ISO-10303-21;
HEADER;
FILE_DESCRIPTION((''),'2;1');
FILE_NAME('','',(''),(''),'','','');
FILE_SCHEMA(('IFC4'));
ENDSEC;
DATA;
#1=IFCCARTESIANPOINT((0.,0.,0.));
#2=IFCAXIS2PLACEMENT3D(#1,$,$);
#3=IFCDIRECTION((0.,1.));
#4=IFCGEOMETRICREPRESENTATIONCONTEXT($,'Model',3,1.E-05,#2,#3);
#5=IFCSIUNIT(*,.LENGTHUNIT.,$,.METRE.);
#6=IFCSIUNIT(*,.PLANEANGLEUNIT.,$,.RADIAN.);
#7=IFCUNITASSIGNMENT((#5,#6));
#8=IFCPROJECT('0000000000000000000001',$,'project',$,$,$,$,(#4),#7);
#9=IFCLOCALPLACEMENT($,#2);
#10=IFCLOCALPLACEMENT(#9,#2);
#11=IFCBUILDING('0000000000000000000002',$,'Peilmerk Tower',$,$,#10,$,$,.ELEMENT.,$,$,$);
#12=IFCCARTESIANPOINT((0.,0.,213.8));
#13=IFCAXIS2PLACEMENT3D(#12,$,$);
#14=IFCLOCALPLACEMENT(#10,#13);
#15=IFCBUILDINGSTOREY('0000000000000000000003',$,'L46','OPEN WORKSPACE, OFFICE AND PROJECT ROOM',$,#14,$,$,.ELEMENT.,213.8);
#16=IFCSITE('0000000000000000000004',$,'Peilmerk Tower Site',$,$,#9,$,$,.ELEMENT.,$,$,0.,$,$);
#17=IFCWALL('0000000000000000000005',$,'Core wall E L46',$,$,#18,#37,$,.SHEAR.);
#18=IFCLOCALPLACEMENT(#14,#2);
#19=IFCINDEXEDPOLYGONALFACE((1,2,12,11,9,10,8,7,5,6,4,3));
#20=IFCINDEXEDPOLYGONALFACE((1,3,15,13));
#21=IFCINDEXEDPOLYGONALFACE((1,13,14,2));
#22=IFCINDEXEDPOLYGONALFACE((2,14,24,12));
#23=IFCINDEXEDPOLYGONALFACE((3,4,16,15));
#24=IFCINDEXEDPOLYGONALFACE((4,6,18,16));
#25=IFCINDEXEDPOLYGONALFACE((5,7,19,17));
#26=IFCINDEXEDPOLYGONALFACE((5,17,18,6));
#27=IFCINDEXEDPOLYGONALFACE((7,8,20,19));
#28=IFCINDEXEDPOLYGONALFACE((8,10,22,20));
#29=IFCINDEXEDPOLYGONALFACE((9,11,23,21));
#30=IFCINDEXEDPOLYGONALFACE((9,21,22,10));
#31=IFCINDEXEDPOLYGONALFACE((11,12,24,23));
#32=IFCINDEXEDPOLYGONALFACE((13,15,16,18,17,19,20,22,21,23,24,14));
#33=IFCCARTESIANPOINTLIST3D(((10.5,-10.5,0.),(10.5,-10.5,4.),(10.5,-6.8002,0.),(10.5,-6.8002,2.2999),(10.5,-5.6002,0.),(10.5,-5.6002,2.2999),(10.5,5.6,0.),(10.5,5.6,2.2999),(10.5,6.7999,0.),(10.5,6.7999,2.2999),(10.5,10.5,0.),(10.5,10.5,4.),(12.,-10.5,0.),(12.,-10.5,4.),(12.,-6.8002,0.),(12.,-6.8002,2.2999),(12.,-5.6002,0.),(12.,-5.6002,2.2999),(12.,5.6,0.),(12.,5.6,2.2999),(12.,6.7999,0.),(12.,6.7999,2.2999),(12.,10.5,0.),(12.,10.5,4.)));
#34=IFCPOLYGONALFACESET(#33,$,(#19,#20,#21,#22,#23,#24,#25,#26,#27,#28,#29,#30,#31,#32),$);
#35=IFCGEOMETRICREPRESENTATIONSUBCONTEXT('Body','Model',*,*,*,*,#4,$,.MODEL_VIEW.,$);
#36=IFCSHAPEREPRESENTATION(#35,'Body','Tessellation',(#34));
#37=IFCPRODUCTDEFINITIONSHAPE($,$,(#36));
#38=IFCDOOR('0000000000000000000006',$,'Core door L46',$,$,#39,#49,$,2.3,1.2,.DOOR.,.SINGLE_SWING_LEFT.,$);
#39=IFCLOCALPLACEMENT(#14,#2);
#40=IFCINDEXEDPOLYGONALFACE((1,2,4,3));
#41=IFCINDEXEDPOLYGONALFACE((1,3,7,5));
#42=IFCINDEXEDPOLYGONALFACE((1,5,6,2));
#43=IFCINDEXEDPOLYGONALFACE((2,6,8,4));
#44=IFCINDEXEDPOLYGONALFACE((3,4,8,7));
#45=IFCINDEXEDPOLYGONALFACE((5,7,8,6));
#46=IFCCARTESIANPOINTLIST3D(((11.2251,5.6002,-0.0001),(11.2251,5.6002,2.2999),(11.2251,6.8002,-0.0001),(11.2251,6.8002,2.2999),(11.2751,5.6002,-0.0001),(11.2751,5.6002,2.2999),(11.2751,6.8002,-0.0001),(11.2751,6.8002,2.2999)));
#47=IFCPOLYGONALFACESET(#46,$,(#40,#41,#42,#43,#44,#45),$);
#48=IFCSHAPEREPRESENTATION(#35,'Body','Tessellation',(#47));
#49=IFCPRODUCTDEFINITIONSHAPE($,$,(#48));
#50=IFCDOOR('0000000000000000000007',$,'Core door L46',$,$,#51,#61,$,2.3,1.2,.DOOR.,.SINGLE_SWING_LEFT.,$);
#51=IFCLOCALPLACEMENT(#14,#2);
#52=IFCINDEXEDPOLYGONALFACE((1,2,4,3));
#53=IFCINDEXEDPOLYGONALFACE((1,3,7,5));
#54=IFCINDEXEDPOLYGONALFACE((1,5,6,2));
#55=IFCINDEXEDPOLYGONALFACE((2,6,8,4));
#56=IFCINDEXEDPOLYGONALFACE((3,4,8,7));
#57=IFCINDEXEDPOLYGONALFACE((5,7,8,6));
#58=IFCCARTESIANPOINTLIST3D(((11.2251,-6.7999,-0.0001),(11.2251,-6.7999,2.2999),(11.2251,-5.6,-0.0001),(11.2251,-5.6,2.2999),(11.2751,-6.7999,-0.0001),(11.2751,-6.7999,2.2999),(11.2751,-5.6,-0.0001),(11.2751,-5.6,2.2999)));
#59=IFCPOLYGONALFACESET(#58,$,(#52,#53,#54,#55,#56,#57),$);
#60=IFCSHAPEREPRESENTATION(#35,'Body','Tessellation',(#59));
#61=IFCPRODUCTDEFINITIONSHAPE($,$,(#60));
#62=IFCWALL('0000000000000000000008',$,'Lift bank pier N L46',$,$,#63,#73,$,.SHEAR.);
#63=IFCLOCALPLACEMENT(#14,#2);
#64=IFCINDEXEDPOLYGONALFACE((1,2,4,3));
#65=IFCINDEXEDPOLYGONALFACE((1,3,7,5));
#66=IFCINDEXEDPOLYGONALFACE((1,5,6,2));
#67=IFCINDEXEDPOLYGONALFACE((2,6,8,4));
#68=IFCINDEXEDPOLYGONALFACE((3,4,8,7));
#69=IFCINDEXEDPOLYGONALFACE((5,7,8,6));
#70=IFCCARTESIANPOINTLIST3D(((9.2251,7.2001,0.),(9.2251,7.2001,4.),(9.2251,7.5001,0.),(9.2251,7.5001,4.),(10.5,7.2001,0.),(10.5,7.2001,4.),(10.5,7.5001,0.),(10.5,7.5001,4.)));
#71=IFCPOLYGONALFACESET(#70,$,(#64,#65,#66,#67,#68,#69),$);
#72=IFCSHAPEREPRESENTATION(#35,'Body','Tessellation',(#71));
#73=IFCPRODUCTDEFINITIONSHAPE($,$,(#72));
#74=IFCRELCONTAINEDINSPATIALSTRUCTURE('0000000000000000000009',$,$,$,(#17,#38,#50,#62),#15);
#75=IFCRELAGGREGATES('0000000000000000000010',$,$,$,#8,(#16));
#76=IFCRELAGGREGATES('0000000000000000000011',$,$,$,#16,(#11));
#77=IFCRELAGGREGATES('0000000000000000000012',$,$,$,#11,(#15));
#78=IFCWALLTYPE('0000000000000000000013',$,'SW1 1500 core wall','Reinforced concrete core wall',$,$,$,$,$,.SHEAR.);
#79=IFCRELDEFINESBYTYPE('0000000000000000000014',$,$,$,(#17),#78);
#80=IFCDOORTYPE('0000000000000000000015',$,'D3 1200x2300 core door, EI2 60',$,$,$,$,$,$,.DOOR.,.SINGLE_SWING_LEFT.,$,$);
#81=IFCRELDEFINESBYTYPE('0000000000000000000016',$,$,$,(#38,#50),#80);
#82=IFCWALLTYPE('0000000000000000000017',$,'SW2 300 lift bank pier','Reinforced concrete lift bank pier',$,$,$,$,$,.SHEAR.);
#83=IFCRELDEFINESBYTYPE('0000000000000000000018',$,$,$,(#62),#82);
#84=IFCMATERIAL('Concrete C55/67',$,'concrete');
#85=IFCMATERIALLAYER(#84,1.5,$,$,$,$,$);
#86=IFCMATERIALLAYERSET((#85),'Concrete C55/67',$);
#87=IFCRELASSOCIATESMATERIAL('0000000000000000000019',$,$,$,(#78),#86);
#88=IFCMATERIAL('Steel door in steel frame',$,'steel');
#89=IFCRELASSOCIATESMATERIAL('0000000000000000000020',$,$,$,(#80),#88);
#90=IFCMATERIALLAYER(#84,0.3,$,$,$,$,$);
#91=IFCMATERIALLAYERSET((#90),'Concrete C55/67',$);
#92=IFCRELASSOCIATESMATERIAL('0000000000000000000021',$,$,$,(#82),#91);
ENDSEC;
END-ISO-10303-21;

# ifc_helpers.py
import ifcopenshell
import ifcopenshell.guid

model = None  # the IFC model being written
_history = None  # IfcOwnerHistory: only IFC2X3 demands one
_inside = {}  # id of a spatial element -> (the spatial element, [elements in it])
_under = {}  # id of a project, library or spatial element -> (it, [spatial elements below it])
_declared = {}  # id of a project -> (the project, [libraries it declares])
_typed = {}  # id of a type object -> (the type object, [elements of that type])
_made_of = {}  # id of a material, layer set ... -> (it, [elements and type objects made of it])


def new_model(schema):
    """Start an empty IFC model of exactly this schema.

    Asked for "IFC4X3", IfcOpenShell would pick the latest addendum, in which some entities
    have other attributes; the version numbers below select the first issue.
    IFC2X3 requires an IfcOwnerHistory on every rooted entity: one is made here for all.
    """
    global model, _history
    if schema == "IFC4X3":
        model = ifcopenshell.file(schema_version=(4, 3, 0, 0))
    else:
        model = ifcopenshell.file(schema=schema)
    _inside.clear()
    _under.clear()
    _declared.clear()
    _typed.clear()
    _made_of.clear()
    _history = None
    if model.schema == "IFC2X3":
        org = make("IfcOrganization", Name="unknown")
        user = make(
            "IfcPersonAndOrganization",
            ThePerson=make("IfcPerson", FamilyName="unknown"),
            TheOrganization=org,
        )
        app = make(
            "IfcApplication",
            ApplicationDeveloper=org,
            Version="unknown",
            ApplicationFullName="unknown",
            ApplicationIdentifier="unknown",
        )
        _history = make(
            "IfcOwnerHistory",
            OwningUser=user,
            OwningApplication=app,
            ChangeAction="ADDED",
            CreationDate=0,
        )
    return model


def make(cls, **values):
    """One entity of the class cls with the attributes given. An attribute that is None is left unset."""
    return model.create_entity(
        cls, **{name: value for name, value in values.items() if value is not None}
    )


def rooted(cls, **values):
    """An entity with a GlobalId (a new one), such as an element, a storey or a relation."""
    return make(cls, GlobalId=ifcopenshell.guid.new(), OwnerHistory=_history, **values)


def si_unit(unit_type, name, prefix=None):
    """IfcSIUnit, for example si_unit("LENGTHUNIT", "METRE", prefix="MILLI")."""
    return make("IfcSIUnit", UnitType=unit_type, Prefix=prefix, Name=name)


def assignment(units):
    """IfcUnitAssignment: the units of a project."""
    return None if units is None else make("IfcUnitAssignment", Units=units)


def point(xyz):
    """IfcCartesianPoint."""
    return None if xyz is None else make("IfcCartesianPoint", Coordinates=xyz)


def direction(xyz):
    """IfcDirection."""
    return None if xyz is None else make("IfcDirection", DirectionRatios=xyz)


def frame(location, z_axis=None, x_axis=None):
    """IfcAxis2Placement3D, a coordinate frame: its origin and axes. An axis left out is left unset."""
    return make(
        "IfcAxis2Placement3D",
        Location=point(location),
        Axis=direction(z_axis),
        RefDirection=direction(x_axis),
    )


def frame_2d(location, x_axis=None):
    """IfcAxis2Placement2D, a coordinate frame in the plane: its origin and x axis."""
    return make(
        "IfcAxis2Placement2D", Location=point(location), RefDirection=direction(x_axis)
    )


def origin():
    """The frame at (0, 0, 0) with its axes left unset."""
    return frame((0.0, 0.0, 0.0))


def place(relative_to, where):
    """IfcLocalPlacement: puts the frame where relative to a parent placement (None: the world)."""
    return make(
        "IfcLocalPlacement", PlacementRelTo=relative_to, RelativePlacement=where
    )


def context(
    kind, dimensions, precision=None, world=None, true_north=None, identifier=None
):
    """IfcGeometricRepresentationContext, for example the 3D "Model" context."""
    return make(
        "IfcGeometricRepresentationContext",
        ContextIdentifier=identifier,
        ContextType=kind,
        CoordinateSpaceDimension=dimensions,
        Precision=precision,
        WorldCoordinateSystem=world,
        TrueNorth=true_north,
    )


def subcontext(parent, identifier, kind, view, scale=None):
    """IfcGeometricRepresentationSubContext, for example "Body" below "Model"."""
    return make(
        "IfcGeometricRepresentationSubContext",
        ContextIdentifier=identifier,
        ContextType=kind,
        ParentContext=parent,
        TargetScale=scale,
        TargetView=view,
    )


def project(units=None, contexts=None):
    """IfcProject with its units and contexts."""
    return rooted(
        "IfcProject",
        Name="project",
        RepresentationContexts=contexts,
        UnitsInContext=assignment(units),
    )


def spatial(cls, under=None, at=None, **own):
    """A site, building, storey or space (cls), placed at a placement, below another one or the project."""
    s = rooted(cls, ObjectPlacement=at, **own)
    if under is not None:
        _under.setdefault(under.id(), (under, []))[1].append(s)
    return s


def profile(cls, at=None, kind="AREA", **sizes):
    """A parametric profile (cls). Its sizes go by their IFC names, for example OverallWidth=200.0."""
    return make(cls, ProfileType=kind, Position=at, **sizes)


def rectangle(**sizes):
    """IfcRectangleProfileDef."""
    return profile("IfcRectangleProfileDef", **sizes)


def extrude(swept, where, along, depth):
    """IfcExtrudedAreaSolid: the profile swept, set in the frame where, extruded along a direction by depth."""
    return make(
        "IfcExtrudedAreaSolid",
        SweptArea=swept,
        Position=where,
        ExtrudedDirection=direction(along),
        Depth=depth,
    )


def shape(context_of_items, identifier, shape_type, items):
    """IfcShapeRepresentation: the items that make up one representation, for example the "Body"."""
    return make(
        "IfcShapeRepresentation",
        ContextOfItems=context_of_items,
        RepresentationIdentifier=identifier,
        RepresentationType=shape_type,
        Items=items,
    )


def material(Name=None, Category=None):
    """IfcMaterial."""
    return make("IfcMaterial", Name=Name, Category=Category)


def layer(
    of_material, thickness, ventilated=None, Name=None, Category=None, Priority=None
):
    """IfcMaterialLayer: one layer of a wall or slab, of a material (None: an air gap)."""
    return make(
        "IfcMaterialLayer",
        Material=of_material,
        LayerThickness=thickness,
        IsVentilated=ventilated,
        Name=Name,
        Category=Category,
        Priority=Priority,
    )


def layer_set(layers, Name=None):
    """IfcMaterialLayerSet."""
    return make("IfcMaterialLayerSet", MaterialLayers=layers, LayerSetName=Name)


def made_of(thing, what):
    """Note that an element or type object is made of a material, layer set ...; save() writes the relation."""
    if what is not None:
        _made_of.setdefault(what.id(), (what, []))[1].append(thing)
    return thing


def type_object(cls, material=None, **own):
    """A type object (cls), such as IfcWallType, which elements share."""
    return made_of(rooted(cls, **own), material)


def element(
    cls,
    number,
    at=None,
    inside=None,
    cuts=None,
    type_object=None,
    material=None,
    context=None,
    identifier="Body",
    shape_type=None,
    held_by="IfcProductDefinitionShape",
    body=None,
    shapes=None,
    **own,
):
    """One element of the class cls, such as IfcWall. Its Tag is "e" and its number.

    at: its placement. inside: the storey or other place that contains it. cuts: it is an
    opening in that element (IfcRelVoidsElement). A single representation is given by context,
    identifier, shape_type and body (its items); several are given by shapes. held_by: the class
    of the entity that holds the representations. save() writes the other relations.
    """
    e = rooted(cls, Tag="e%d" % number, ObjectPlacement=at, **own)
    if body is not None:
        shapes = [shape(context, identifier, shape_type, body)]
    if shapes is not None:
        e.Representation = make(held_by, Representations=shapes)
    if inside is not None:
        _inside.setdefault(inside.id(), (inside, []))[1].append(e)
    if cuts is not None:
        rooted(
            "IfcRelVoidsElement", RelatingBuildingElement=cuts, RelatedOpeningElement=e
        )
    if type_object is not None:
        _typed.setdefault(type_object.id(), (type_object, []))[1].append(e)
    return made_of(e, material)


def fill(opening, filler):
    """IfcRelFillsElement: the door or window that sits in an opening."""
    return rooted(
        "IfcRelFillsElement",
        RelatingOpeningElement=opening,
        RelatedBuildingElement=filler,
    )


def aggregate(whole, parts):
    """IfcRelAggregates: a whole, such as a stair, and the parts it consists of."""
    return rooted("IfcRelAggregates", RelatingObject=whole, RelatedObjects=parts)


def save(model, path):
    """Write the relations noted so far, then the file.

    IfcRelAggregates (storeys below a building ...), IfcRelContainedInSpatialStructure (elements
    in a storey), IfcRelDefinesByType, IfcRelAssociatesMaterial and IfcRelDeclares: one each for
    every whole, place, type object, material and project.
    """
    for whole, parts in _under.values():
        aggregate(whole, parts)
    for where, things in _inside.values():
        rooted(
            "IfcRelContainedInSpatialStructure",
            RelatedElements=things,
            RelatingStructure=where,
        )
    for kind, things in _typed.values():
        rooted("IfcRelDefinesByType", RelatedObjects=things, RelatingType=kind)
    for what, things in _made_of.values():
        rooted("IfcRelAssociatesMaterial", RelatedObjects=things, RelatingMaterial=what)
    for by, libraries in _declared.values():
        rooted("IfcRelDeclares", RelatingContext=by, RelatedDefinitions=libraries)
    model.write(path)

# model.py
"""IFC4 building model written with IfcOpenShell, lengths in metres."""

from ifc_helpers import new_model, si_unit, direction, frame, frame_2d, origin, place, context, subcontext, project, spatial, rectangle, extrude, material, layer, layer_set, type_object, element, fill, save


model = new_model("IFC4")

# Units and contexts
model_context = context("Model", 3, precision=1e-05, world=origin(), true_north=direction((0.0, 1.0)))
body_context = subcontext(model_context, "Body", "Model", "MODEL_VIEW")
ifc_project = project(units=[si_unit("LENGTHUNIT", "METRE"), si_unit("PLANEANGLEUNIT", "RADIAN")], contexts=[model_context])

# Site, building, storey
site_placement = place(None, origin())
site = spatial("IfcSite", under=ifc_project, at=site_placement, Name="Peilmerk Tower Site", CompositionType="ELEMENT", RefElevation=0.0)
building_placement = place(site_placement, origin())
building = spatial("IfcBuilding", under=site, at=building_placement, Name="Peilmerk Tower", CompositionType="ELEMENT")
storey_placement = place(building_placement, frame((0.0, 0.0, 213.8)))
storey = spatial("IfcBuildingStorey", under=building, at=storey_placement, Name="L46", Description="OPEN WORKSPACE, OFFICE AND PROJECT ROOM", CompositionType="ELEMENT", Elevation=213.8)

# Shared definitions
ifc_material_1 = material(Name="Steel door in steel frame", Category="steel")

# Wall, openings, doors
ifc_material_2 = material(Name="Concrete C55/67", Category="concrete")
ifc_layer_1 = layer(ifc_material_2, 1.5)
ifc_layer_set_1 = layer_set([ifc_layer_1], Name="Concrete C55/67")
wall_type_1 = type_object("IfcWallType", Name="SW1 1500 core wall", Description="Reinforced concrete core wall", PredefinedType="SHEAR", material=ifc_layer_set_1)
wall_1_placement = place(storey_placement, frame((11.25, 10.5, 0.0), z_axis=(0.0, 0.0, 1.0), x_axis=(0.0, -1.0, 0.0)))
wall_1 = element("IfcWall", 1, at=wall_1_placement, inside=storey, type_object=wall_type_1, Name="Core wall E L46", PredefinedType="SHEAR", context=body_context, shape_type="SweptSolid", body=[
    extrude(rectangle(XDim=21.0, YDim=1.5, at=frame_2d((10.5, 0.0))), origin(), (0.0, 0.0, 1.0), 4.0),
])
opening_1_placement = place(wall_1_placement, frame((3.7, 0.0, 0.0)))
opening_1 = element("IfcOpeningElement", 2, at=opening_1_placement, cuts=wall_1, PredefinedType="OPENING", context=body_context, shape_type="SweptSolid", body=[
    extrude(rectangle(XDim=1.2, YDim=2.3, at=frame_2d((0.6001, 1.1499))), frame((0.0, 0.76, 0.0), z_axis=(0.0, -1.0, 0.0), x_axis=(1.0, 0.0, 0.0)), (0.0, 0.0, 1.0), 1.52),
])
opening_2_placement = place(wall_1_placement, frame((16.1001, 0.0, 0.0)))
opening_2 = element("IfcOpeningElement", 3, at=opening_2_placement, cuts=wall_1, PredefinedType="OPENING", context=body_context, shape_type="SweptSolid", body=[
    extrude(rectangle(XDim=1.2, YDim=2.3, at=frame_2d((0.6001, 1.1499))), frame((0.0, 0.76, 0.0), z_axis=(0.0, -1.0, 0.0), x_axis=(1.0, 0.0, 0.0)), (0.0, 0.0, 1.0), 1.52),
])
door_type_1 = type_object("IfcDoorType", Name="D3 1200x2300 core door, EI2 60", OperationType="SINGLE_SWING_LEFT", PredefinedType="DOOR", material=ifc_material_1)
door_1_placement = place(opening_1_placement, frame((1.2, 0.0, 0.0), z_axis=(0.0, 0.0, 1.0), x_axis=(-1.0, 0.0, 0.0)))
door_1 = element("IfcDoor", 4, at=door_1_placement, inside=storey, type_object=door_type_1, Name="Core door L46", OperationType="SINGLE_SWING_LEFT", OverallHeight=2.3, OverallWidth=1.2, PredefinedType="DOOR", context=body_context, shape_type="SweptSolid", body=[
    extrude(rectangle(XDim=1.2, YDim=2.3, at=frame_2d((0.6001, 1.1499))), frame((0.0, 0.0249, 0.0), z_axis=(0.0, -1.0, 0.0), x_axis=(1.0, 0.0, 0.0)), (0.0, 0.0, 1.0), 0.05),
])
fill(opening_1, door_1)
door_2_placement = place(opening_2_placement, frame((1.2, 0.0, 0.0), z_axis=(0.0, 0.0, 1.0), x_axis=(-1.0, 0.0, 0.0)))
door_2 = element("IfcDoor", 5, at=door_2_placement, inside=storey, type_object=door_type_1, Name="Core door L46", OperationType="SINGLE_SWING_LEFT", OverallHeight=2.3, OverallWidth=1.2, PredefinedType="DOOR", context=body_context, shape_type="SweptSolid", body=[
    extrude(rectangle(XDim=1.2, YDim=2.3, at=frame_2d((0.6001, 1.1499))), frame((0.0, 0.0249, 0.0), z_axis=(0.0, -1.0, 0.0), x_axis=(1.0, 0.0, 0.0)), (0.0, 0.0, 1.0), 0.05),
])
fill(opening_2, door_2)

# Wall
ifc_layer_2 = layer(ifc_material_2, 0.3)
ifc_layer_set_2 = layer_set([ifc_layer_2], Name="Concrete C55/67")
wall_type_2 = type_object("IfcWallType", Name="SW2 300 lift bank pier", Description="Reinforced concrete lift bank pier", PredefinedType="SHEAR", material=ifc_layer_set_2)
wall_2_placement = place(storey_placement, frame((9.2251, 7.3501, 0.0), z_axis=(0.0, 0.0, 1.0), x_axis=(1.0, 0.0, 0.0)))
element("IfcWall", 6, at=wall_2_placement, inside=storey, type_object=wall_type_2, Name="Lift bank pier N L46", PredefinedType="SHEAR", context=body_context, shape_type="SweptSolid", body=[
    extrude(rectangle(XDim=1.2749, YDim=0.3, at=frame_2d((0.6375, 0.0))), origin(), (0.0, 0.0, 1.0), 4.0),
])

save(model, "model.ifc")
